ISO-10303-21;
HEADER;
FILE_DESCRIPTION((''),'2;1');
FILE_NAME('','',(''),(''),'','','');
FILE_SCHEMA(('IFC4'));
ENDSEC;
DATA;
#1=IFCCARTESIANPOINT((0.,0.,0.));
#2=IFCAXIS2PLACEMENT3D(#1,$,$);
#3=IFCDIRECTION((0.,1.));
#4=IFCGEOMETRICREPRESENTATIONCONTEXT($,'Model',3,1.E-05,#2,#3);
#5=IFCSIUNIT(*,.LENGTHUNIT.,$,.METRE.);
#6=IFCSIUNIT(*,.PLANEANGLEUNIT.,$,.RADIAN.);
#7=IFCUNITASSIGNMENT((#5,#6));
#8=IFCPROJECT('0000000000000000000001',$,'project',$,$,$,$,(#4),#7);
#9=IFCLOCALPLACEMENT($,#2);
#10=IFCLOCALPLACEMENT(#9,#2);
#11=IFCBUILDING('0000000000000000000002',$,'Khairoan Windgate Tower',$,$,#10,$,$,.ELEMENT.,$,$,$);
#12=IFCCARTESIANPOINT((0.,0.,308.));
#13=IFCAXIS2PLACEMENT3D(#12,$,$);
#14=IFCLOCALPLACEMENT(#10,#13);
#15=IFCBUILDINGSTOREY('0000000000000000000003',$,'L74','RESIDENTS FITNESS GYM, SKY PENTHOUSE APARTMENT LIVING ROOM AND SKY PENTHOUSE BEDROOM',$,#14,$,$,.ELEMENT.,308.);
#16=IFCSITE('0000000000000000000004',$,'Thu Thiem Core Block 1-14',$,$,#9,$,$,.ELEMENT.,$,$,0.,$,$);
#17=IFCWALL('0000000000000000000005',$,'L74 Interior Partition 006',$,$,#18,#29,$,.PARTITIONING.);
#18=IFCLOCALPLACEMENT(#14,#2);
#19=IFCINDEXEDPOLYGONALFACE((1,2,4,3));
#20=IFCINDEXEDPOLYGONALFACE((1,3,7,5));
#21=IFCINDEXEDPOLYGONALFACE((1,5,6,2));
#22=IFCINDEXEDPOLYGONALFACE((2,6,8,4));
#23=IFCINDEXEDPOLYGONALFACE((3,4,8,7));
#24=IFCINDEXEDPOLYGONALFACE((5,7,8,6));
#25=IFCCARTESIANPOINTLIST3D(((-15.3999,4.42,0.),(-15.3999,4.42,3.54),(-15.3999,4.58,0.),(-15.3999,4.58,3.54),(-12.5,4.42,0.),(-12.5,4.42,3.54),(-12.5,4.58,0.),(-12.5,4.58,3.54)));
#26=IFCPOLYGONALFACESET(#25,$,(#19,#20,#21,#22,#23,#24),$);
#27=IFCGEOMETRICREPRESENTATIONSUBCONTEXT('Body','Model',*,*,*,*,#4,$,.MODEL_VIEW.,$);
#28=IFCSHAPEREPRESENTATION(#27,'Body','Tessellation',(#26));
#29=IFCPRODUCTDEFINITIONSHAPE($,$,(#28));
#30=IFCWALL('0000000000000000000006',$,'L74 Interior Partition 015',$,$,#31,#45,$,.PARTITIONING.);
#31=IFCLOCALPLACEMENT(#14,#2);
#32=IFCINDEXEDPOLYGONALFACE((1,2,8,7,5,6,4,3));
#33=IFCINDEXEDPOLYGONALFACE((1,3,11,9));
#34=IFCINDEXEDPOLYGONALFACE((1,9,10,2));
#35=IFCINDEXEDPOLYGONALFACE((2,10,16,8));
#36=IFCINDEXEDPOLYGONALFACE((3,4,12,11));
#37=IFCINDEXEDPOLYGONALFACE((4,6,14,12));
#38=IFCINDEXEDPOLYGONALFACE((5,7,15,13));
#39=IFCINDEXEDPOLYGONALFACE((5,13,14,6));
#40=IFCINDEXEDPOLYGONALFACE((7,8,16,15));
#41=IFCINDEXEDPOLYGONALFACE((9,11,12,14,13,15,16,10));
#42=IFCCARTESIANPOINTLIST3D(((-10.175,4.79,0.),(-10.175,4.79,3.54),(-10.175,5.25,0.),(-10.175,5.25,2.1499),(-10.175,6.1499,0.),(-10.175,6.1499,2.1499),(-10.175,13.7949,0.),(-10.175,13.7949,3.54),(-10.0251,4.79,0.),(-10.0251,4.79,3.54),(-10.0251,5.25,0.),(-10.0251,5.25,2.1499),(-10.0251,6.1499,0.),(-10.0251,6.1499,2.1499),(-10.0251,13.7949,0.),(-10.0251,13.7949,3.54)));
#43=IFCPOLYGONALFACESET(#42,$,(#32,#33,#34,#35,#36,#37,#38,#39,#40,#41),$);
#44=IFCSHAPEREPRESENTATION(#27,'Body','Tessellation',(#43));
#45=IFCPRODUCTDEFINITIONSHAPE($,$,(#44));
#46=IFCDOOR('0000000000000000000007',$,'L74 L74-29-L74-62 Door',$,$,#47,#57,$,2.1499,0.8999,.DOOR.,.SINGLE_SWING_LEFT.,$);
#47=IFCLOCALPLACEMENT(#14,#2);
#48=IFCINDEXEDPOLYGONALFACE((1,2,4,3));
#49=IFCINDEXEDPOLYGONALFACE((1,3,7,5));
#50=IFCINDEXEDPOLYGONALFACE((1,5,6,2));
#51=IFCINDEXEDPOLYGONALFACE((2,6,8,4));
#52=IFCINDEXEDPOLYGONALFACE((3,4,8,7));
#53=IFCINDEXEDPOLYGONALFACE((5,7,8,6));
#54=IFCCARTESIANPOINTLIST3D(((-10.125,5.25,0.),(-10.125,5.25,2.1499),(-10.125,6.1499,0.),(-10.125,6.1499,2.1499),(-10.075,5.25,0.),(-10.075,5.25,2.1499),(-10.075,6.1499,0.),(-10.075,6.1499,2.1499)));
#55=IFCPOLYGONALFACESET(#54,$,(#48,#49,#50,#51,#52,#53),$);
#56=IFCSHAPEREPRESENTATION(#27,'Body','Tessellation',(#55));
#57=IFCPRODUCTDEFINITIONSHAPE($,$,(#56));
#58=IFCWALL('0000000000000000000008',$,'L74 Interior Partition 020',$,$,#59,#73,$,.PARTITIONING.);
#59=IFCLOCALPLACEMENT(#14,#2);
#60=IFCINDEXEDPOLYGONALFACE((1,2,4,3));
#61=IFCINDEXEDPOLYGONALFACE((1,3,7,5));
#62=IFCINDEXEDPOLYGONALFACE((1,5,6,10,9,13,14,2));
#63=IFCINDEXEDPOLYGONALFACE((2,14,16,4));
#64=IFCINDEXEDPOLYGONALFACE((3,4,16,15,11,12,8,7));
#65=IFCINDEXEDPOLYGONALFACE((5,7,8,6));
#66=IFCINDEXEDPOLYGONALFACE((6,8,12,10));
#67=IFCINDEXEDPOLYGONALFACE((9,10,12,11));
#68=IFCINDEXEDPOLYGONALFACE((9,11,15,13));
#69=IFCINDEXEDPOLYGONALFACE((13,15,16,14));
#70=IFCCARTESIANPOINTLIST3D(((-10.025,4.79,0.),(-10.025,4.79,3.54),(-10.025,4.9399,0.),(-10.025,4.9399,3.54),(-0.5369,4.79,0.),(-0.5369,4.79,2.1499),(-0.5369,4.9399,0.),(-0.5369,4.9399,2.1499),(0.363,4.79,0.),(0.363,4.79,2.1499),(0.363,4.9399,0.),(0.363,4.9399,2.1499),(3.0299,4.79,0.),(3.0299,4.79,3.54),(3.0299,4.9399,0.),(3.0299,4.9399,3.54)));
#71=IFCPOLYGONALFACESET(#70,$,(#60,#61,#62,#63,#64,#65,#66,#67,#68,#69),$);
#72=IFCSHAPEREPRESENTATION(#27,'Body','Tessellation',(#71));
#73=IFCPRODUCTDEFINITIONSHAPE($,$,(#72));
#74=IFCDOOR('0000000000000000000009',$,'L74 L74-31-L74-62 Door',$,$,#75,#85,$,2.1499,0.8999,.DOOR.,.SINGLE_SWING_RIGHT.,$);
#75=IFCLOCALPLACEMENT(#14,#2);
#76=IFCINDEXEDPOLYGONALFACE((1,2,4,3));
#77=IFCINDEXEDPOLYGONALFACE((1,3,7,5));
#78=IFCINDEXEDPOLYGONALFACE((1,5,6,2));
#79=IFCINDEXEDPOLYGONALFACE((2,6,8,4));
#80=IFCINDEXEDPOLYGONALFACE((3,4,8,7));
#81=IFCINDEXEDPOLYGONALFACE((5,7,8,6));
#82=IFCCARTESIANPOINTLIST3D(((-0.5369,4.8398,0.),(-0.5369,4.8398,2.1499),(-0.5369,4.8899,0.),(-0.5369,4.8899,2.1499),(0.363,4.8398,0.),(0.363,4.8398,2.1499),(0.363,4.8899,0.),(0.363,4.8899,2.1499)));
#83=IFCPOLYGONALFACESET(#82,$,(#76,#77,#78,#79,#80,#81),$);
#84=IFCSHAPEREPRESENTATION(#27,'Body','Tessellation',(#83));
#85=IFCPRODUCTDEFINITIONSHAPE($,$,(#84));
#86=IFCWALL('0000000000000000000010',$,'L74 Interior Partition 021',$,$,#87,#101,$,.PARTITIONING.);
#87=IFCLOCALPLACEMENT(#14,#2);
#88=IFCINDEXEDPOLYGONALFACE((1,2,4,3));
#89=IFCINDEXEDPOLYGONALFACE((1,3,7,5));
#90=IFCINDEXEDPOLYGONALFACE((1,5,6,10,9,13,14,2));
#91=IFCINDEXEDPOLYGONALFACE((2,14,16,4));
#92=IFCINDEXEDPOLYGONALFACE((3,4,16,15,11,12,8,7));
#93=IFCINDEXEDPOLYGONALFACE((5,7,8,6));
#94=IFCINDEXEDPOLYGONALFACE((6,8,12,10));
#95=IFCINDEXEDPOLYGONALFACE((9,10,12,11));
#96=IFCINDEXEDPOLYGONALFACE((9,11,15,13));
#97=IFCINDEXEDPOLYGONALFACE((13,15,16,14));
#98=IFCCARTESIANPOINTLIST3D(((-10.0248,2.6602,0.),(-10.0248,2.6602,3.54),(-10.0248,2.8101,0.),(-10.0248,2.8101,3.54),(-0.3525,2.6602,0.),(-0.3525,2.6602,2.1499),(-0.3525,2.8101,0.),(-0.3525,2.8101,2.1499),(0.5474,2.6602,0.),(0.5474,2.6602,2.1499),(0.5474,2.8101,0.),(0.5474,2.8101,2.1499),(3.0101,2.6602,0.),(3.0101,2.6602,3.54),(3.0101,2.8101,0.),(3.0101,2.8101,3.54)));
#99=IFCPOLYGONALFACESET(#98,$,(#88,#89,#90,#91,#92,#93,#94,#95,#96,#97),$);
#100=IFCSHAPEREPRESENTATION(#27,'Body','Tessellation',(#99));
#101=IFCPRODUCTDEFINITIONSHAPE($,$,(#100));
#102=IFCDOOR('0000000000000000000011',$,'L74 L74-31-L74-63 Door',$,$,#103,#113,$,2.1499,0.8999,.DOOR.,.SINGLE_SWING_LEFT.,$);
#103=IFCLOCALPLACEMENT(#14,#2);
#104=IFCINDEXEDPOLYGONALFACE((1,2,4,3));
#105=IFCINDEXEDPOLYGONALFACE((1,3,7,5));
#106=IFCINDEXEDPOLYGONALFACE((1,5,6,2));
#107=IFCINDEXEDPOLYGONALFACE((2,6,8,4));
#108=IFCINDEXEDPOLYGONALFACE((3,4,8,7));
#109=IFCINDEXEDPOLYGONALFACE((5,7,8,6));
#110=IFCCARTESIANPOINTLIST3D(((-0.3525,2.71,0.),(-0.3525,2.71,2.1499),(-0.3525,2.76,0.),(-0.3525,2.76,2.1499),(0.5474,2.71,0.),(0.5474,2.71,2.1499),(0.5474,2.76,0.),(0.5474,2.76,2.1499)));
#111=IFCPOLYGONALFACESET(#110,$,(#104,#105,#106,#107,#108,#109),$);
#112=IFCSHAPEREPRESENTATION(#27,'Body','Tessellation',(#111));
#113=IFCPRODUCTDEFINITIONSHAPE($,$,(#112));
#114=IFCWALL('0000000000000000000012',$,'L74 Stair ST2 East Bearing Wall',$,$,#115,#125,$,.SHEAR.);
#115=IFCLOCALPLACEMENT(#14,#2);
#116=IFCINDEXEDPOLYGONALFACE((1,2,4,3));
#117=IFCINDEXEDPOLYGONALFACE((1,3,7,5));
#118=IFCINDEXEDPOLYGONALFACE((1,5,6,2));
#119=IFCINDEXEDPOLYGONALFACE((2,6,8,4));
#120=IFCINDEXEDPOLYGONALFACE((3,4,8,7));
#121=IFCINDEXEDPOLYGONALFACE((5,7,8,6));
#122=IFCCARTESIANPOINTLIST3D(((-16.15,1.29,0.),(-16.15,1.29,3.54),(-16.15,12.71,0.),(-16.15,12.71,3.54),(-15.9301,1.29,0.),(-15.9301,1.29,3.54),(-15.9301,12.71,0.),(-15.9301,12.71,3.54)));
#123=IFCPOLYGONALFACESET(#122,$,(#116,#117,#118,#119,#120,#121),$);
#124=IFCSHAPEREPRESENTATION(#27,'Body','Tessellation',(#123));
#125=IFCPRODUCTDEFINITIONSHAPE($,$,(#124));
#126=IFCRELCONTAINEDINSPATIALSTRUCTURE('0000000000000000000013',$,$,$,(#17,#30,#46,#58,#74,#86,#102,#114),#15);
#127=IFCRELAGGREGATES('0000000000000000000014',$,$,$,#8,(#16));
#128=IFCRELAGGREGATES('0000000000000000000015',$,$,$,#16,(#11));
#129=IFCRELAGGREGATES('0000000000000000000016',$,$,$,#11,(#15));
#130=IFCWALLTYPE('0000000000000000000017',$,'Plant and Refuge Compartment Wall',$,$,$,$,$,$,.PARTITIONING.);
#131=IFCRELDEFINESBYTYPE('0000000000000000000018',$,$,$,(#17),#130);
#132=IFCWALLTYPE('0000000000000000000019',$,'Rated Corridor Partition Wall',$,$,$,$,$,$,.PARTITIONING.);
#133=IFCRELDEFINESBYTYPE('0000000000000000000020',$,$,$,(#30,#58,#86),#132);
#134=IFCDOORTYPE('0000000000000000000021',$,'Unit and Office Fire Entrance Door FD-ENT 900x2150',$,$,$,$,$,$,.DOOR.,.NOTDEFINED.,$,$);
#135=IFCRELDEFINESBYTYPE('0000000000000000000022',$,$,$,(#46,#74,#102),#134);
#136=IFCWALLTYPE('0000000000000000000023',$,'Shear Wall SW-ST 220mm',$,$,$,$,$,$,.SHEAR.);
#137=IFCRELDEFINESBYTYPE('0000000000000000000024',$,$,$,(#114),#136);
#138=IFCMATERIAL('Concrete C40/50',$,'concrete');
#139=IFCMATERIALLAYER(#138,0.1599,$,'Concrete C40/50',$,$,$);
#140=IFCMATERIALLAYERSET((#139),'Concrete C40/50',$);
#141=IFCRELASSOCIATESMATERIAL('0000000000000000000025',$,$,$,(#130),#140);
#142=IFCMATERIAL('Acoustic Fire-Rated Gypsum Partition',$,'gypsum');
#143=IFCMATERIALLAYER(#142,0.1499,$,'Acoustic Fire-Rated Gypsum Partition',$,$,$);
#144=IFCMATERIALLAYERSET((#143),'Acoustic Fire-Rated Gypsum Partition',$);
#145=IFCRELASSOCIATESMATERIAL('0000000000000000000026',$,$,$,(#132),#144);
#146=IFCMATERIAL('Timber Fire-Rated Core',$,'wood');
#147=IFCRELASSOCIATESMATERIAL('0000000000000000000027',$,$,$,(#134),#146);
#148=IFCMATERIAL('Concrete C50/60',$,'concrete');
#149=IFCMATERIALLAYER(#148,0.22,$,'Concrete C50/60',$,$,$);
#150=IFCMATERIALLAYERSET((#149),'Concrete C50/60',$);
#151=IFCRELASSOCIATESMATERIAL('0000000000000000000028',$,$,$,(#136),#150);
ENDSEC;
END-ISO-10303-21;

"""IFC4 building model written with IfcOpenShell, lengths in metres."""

from ifc_helpers import new_model, si_unit, direction, frame, frame_2d, origin, place, context, subcontext, project, spatial, rectangle, extrude, material, layer, layer_set, type_object, element, fill, save


model = new_model("IFC4")

# Units and contexts
model_context = context("Model", 3, precision=1e-05, world=origin(), true_north=direction((0.0, 1.0)))
body_context = subcontext(model_context, "Body", "Model", "MODEL_VIEW")
ifc_project = project(units=[si_unit("LENGTHUNIT", "METRE"), si_unit("PLANEANGLEUNIT", "RADIAN")], contexts=[model_context])

# Site, building, storey
site_placement = place(None, origin())
site = spatial("IfcSite", under=ifc_project, at=site_placement, Name="Thu Thiem Core Block 1-14", CompositionType="ELEMENT", RefElevation=0.0)
building_placement = place(site_placement, origin())
building = spatial("IfcBuilding", under=site, at=building_placement, Name="Khairoan Windgate Tower", CompositionType="ELEMENT")
storey_placement = place(building_placement, frame((0.0, 0.0, 308.0)))
storey = spatial("IfcBuildingStorey", under=building, at=storey_placement, Name="L74", Description="RESIDENTS FITNESS GYM, SKY PENTHOUSE APARTMENT LIVING ROOM AND SKY PENTHOUSE BEDROOM", CompositionType="ELEMENT", Elevation=308.0)

# Wall
ifc_material_1 = material(Name="Concrete C40/50", Category="concrete")
ifc_layer_1 = layer(ifc_material_1, 0.1599, Name="Concrete C40/50")
ifc_layer_set_1 = layer_set([ifc_layer_1], Name="Concrete C40/50")
wall_type_1 = type_object("IfcWallType", Name="Plant and Refuge Compartment Wall", PredefinedType="PARTITIONING", material=ifc_layer_set_1)
wall_1_placement = place(storey_placement, frame((-15.3999, 4.5, 0.0), z_axis=(0.0, 0.0, 1.0), x_axis=(1.0, 0.0, 0.0)))
element("IfcWall", 1, at=wall_1_placement, inside=storey, type_object=wall_type_1, Name="L74 Interior Partition 006", PredefinedType="PARTITIONING", context=body_context, shape_type="SweptSolid", body=[
    extrude(rectangle(XDim=2.8999, YDim=0.1599, at=frame_2d((1.45, 0.0))), origin(), (0.0, 0.0, 1.0), 3.54),
])

# Walls, openings, doors
ifc_material_2 = material(Name="Acoustic Fire-Rated Gypsum Partition", Category="gypsum")
ifc_layer_2 = layer(ifc_material_2, 0.1499, Name="Acoustic Fire-Rated Gypsum Partition")
ifc_layer_set_2 = layer_set([ifc_layer_2], Name="Acoustic Fire-Rated Gypsum Partition")
wall_type_2 = type_object("IfcWallType", Name="Rated Corridor Partition Wall", PredefinedType="PARTITIONING", material=ifc_layer_set_2)
wall_2_placement = place(storey_placement, frame((-10.1001, 4.79, 0.0), z_axis=(0.0, 0.0, 1.0), x_axis=(0.0, 1.0, 0.0)))
wall_2 = element("IfcWall", 2, at=wall_2_placement, inside=storey, type_object=wall_type_2, Name="L74 Interior Partition 015", PredefinedType="PARTITIONING", context=body_context, shape_type="SweptSolid", body=[
    extrude(rectangle(XDim=9.0049, YDim=0.1499, at=frame_2d((4.5024, 0.0))), origin(), (0.0, 0.0, 1.0), 3.54),
])
opening_1_placement = place(wall_2_placement, frame((0.46, 0.0, 0.0)))
opening_1 = element("IfcOpeningElement", 3, at=opening_1_placement, cuts=wall_2, PredefinedType="OPENING", context=body_context, shape_type="SweptSolid", body=[
    extrude(rectangle(XDim=0.8999, YDim=2.1499, at=frame_2d((0.45, 1.075))), frame((0.0, 0.085, 0.0), z_axis=(0.0, -1.0, 0.0), x_axis=(1.0, 0.0, 0.0)), (0.0, 0.0, 1.0), 0.1699),
])
ifc_material_3 = material(Name="Timber Fire-Rated Core", Category="wood")
door_type = type_object("IfcDoorType", Name="Unit and Office Fire Entrance Door FD-ENT 900x2150", OperationType="NOTDEFINED", PredefinedType="DOOR", material=ifc_material_3)
door_1_placement = place(opening_1_placement, origin())
door_1 = element("IfcDoor", 4, at=door_1_placement, inside=storey, type_object=door_type, Name="L74 L74-29-L74-62 Door", OperationType="SINGLE_SWING_LEFT", OverallHeight=2.1499, OverallWidth=0.8999, PredefinedType="DOOR", context=body_context, shape_type="SweptSolid", body=[
    extrude(rectangle(XDim=0.8999, YDim=2.1499, at=frame_2d((0.45, 1.075))), frame((0.0, 0.0249, 0.0), z_axis=(0.0, -1.0, 0.0), x_axis=(1.0, 0.0, 0.0)), (0.0, 0.0, 1.0), 0.05),
])
fill(opening_1, door_1)
wall_3_placement = place(storey_placement, frame((-10.0249, 4.865, 0.0), z_axis=(0.0, 0.0, 1.0), x_axis=(1.0, 0.0, 0.0)))
wall_3 = element("IfcWall", 5, at=wall_3_placement, inside=storey, type_object=wall_type_2, Name="L74 Interior Partition 020", PredefinedType="PARTITIONING", context=body_context, shape_type="SweptSolid", body=[
    extrude(rectangle(XDim=13.0549, YDim=0.1499, at=frame_2d((6.5273, 0.0))), origin(), (0.0, 0.0, 1.0), 3.54),
])
opening_2_placement = place(wall_3_placement, frame((9.488, 0.0, 0.0)))
opening_2 = element("IfcOpeningElement", 6, at=opening_2_placement, cuts=wall_3, PredefinedType="OPENING", context=body_context, shape_type="SweptSolid", body=[
    extrude(rectangle(XDim=0.8999, YDim=2.1499, at=frame_2d((0.45, 1.075))), frame((0.0, 0.085, 0.0), z_axis=(0.0, -1.0, 0.0), x_axis=(1.0, 0.0, 0.0)), (0.0, 0.0, 1.0), 0.1699),
])
door_2_placement = place(opening_2_placement, origin())
door_2 = element("IfcDoor", 7, at=door_2_placement, inside=storey, type_object=door_type, Name="L74 L74-31-L74-62 Door", OperationType="SINGLE_SWING_RIGHT", OverallHeight=2.1499, OverallWidth=0.8999, PredefinedType="DOOR", context=body_context, shape_type="SweptSolid", body=[
    extrude(rectangle(XDim=0.8999, YDim=2.1499, at=frame_2d((0.45, 1.075))), frame((0.0, 0.0249, 0.0), z_axis=(0.0, -1.0, 0.0), x_axis=(1.0, 0.0, 0.0)), (0.0, 0.0, 1.0), 0.05),
])
fill(opening_2, door_2)
wall_4_placement = place(storey_placement, frame((-10.0249, 2.7351, 0.0), z_axis=(0.0, 0.0, 1.0), x_axis=(1.0, 0.0, 0.0)))
wall_4 = element("IfcWall", 8, at=wall_4_placement, inside=storey, type_object=wall_type_2, Name="L74 Interior Partition 021", PredefinedType="PARTITIONING", context=body_context, shape_type="SweptSolid", body=[
    extrude(rectangle(XDim=13.0349, YDim=0.1499, at=frame_2d((6.5176, 0.0))), origin(), (0.0, 0.0, 1.0), 3.54),
])
opening_3_placement = place(wall_4_placement, frame((9.6724, 0.0, 0.0)))
opening_3 = element("IfcOpeningElement", 9, at=opening_3_placement, cuts=wall_4, PredefinedType="OPENING", context=body_context, shape_type="SweptSolid", body=[
    extrude(rectangle(XDim=0.8999, YDim=2.1499, at=frame_2d((0.45, 1.075))), frame((0.0, 0.085, 0.0), z_axis=(0.0, -1.0, 0.0), x_axis=(1.0, 0.0, 0.0)), (0.0, 0.0, 1.0), 0.1699),
])
door_3_placement = place(opening_3_placement, origin())
door_3 = element("IfcDoor", 10, at=door_3_placement, inside=storey, type_object=door_type, Name="L74 L74-31-L74-63 Door", OperationType="SINGLE_SWING_LEFT", OverallHeight=2.1499, OverallWidth=0.8999, PredefinedType="DOOR", context=body_context, shape_type="SweptSolid", body=[
    extrude(rectangle(XDim=0.8999, YDim=2.1499, at=frame_2d((0.45, 1.075))), frame((0.0, 0.0249, 0.0), z_axis=(0.0, -1.0, 0.0), x_axis=(1.0, 0.0, 0.0)), (0.0, 0.0, 1.0), 0.05),
])
fill(opening_3, door_3)

# Wall
ifc_material_4 = material(Name="Concrete C50/60", Category="concrete")
ifc_layer_3 = layer(ifc_material_4, 0.22, Name="Concrete C50/60")
ifc_layer_set_3 = layer_set([ifc_layer_3], Name="Concrete C50/60")
wall_type_3 = type_object("IfcWallType", Name="Shear Wall SW-ST 220mm", PredefinedType="SHEAR", material=ifc_layer_set_3)
wall_5_placement = place(storey_placement, frame((-16.04, 1.29, 0.0), z_axis=(0.0, 0.0, 1.0), x_axis=(0.0, 1.0, 0.0)))
element("IfcWall", 11, at=wall_5_placement, inside=storey, type_object=wall_type_3, Name="L74 Stair ST2 East Bearing Wall", PredefinedType="SHEAR", context=body_context, shape_type="SweptSolid", body=[
    extrude(rectangle(XDim=11.4199, YDim=0.22, at=frame_2d((5.71, 0.0))), origin(), (0.0, 0.0, 1.0), 3.54),
])

save(model, "model.ifc")
